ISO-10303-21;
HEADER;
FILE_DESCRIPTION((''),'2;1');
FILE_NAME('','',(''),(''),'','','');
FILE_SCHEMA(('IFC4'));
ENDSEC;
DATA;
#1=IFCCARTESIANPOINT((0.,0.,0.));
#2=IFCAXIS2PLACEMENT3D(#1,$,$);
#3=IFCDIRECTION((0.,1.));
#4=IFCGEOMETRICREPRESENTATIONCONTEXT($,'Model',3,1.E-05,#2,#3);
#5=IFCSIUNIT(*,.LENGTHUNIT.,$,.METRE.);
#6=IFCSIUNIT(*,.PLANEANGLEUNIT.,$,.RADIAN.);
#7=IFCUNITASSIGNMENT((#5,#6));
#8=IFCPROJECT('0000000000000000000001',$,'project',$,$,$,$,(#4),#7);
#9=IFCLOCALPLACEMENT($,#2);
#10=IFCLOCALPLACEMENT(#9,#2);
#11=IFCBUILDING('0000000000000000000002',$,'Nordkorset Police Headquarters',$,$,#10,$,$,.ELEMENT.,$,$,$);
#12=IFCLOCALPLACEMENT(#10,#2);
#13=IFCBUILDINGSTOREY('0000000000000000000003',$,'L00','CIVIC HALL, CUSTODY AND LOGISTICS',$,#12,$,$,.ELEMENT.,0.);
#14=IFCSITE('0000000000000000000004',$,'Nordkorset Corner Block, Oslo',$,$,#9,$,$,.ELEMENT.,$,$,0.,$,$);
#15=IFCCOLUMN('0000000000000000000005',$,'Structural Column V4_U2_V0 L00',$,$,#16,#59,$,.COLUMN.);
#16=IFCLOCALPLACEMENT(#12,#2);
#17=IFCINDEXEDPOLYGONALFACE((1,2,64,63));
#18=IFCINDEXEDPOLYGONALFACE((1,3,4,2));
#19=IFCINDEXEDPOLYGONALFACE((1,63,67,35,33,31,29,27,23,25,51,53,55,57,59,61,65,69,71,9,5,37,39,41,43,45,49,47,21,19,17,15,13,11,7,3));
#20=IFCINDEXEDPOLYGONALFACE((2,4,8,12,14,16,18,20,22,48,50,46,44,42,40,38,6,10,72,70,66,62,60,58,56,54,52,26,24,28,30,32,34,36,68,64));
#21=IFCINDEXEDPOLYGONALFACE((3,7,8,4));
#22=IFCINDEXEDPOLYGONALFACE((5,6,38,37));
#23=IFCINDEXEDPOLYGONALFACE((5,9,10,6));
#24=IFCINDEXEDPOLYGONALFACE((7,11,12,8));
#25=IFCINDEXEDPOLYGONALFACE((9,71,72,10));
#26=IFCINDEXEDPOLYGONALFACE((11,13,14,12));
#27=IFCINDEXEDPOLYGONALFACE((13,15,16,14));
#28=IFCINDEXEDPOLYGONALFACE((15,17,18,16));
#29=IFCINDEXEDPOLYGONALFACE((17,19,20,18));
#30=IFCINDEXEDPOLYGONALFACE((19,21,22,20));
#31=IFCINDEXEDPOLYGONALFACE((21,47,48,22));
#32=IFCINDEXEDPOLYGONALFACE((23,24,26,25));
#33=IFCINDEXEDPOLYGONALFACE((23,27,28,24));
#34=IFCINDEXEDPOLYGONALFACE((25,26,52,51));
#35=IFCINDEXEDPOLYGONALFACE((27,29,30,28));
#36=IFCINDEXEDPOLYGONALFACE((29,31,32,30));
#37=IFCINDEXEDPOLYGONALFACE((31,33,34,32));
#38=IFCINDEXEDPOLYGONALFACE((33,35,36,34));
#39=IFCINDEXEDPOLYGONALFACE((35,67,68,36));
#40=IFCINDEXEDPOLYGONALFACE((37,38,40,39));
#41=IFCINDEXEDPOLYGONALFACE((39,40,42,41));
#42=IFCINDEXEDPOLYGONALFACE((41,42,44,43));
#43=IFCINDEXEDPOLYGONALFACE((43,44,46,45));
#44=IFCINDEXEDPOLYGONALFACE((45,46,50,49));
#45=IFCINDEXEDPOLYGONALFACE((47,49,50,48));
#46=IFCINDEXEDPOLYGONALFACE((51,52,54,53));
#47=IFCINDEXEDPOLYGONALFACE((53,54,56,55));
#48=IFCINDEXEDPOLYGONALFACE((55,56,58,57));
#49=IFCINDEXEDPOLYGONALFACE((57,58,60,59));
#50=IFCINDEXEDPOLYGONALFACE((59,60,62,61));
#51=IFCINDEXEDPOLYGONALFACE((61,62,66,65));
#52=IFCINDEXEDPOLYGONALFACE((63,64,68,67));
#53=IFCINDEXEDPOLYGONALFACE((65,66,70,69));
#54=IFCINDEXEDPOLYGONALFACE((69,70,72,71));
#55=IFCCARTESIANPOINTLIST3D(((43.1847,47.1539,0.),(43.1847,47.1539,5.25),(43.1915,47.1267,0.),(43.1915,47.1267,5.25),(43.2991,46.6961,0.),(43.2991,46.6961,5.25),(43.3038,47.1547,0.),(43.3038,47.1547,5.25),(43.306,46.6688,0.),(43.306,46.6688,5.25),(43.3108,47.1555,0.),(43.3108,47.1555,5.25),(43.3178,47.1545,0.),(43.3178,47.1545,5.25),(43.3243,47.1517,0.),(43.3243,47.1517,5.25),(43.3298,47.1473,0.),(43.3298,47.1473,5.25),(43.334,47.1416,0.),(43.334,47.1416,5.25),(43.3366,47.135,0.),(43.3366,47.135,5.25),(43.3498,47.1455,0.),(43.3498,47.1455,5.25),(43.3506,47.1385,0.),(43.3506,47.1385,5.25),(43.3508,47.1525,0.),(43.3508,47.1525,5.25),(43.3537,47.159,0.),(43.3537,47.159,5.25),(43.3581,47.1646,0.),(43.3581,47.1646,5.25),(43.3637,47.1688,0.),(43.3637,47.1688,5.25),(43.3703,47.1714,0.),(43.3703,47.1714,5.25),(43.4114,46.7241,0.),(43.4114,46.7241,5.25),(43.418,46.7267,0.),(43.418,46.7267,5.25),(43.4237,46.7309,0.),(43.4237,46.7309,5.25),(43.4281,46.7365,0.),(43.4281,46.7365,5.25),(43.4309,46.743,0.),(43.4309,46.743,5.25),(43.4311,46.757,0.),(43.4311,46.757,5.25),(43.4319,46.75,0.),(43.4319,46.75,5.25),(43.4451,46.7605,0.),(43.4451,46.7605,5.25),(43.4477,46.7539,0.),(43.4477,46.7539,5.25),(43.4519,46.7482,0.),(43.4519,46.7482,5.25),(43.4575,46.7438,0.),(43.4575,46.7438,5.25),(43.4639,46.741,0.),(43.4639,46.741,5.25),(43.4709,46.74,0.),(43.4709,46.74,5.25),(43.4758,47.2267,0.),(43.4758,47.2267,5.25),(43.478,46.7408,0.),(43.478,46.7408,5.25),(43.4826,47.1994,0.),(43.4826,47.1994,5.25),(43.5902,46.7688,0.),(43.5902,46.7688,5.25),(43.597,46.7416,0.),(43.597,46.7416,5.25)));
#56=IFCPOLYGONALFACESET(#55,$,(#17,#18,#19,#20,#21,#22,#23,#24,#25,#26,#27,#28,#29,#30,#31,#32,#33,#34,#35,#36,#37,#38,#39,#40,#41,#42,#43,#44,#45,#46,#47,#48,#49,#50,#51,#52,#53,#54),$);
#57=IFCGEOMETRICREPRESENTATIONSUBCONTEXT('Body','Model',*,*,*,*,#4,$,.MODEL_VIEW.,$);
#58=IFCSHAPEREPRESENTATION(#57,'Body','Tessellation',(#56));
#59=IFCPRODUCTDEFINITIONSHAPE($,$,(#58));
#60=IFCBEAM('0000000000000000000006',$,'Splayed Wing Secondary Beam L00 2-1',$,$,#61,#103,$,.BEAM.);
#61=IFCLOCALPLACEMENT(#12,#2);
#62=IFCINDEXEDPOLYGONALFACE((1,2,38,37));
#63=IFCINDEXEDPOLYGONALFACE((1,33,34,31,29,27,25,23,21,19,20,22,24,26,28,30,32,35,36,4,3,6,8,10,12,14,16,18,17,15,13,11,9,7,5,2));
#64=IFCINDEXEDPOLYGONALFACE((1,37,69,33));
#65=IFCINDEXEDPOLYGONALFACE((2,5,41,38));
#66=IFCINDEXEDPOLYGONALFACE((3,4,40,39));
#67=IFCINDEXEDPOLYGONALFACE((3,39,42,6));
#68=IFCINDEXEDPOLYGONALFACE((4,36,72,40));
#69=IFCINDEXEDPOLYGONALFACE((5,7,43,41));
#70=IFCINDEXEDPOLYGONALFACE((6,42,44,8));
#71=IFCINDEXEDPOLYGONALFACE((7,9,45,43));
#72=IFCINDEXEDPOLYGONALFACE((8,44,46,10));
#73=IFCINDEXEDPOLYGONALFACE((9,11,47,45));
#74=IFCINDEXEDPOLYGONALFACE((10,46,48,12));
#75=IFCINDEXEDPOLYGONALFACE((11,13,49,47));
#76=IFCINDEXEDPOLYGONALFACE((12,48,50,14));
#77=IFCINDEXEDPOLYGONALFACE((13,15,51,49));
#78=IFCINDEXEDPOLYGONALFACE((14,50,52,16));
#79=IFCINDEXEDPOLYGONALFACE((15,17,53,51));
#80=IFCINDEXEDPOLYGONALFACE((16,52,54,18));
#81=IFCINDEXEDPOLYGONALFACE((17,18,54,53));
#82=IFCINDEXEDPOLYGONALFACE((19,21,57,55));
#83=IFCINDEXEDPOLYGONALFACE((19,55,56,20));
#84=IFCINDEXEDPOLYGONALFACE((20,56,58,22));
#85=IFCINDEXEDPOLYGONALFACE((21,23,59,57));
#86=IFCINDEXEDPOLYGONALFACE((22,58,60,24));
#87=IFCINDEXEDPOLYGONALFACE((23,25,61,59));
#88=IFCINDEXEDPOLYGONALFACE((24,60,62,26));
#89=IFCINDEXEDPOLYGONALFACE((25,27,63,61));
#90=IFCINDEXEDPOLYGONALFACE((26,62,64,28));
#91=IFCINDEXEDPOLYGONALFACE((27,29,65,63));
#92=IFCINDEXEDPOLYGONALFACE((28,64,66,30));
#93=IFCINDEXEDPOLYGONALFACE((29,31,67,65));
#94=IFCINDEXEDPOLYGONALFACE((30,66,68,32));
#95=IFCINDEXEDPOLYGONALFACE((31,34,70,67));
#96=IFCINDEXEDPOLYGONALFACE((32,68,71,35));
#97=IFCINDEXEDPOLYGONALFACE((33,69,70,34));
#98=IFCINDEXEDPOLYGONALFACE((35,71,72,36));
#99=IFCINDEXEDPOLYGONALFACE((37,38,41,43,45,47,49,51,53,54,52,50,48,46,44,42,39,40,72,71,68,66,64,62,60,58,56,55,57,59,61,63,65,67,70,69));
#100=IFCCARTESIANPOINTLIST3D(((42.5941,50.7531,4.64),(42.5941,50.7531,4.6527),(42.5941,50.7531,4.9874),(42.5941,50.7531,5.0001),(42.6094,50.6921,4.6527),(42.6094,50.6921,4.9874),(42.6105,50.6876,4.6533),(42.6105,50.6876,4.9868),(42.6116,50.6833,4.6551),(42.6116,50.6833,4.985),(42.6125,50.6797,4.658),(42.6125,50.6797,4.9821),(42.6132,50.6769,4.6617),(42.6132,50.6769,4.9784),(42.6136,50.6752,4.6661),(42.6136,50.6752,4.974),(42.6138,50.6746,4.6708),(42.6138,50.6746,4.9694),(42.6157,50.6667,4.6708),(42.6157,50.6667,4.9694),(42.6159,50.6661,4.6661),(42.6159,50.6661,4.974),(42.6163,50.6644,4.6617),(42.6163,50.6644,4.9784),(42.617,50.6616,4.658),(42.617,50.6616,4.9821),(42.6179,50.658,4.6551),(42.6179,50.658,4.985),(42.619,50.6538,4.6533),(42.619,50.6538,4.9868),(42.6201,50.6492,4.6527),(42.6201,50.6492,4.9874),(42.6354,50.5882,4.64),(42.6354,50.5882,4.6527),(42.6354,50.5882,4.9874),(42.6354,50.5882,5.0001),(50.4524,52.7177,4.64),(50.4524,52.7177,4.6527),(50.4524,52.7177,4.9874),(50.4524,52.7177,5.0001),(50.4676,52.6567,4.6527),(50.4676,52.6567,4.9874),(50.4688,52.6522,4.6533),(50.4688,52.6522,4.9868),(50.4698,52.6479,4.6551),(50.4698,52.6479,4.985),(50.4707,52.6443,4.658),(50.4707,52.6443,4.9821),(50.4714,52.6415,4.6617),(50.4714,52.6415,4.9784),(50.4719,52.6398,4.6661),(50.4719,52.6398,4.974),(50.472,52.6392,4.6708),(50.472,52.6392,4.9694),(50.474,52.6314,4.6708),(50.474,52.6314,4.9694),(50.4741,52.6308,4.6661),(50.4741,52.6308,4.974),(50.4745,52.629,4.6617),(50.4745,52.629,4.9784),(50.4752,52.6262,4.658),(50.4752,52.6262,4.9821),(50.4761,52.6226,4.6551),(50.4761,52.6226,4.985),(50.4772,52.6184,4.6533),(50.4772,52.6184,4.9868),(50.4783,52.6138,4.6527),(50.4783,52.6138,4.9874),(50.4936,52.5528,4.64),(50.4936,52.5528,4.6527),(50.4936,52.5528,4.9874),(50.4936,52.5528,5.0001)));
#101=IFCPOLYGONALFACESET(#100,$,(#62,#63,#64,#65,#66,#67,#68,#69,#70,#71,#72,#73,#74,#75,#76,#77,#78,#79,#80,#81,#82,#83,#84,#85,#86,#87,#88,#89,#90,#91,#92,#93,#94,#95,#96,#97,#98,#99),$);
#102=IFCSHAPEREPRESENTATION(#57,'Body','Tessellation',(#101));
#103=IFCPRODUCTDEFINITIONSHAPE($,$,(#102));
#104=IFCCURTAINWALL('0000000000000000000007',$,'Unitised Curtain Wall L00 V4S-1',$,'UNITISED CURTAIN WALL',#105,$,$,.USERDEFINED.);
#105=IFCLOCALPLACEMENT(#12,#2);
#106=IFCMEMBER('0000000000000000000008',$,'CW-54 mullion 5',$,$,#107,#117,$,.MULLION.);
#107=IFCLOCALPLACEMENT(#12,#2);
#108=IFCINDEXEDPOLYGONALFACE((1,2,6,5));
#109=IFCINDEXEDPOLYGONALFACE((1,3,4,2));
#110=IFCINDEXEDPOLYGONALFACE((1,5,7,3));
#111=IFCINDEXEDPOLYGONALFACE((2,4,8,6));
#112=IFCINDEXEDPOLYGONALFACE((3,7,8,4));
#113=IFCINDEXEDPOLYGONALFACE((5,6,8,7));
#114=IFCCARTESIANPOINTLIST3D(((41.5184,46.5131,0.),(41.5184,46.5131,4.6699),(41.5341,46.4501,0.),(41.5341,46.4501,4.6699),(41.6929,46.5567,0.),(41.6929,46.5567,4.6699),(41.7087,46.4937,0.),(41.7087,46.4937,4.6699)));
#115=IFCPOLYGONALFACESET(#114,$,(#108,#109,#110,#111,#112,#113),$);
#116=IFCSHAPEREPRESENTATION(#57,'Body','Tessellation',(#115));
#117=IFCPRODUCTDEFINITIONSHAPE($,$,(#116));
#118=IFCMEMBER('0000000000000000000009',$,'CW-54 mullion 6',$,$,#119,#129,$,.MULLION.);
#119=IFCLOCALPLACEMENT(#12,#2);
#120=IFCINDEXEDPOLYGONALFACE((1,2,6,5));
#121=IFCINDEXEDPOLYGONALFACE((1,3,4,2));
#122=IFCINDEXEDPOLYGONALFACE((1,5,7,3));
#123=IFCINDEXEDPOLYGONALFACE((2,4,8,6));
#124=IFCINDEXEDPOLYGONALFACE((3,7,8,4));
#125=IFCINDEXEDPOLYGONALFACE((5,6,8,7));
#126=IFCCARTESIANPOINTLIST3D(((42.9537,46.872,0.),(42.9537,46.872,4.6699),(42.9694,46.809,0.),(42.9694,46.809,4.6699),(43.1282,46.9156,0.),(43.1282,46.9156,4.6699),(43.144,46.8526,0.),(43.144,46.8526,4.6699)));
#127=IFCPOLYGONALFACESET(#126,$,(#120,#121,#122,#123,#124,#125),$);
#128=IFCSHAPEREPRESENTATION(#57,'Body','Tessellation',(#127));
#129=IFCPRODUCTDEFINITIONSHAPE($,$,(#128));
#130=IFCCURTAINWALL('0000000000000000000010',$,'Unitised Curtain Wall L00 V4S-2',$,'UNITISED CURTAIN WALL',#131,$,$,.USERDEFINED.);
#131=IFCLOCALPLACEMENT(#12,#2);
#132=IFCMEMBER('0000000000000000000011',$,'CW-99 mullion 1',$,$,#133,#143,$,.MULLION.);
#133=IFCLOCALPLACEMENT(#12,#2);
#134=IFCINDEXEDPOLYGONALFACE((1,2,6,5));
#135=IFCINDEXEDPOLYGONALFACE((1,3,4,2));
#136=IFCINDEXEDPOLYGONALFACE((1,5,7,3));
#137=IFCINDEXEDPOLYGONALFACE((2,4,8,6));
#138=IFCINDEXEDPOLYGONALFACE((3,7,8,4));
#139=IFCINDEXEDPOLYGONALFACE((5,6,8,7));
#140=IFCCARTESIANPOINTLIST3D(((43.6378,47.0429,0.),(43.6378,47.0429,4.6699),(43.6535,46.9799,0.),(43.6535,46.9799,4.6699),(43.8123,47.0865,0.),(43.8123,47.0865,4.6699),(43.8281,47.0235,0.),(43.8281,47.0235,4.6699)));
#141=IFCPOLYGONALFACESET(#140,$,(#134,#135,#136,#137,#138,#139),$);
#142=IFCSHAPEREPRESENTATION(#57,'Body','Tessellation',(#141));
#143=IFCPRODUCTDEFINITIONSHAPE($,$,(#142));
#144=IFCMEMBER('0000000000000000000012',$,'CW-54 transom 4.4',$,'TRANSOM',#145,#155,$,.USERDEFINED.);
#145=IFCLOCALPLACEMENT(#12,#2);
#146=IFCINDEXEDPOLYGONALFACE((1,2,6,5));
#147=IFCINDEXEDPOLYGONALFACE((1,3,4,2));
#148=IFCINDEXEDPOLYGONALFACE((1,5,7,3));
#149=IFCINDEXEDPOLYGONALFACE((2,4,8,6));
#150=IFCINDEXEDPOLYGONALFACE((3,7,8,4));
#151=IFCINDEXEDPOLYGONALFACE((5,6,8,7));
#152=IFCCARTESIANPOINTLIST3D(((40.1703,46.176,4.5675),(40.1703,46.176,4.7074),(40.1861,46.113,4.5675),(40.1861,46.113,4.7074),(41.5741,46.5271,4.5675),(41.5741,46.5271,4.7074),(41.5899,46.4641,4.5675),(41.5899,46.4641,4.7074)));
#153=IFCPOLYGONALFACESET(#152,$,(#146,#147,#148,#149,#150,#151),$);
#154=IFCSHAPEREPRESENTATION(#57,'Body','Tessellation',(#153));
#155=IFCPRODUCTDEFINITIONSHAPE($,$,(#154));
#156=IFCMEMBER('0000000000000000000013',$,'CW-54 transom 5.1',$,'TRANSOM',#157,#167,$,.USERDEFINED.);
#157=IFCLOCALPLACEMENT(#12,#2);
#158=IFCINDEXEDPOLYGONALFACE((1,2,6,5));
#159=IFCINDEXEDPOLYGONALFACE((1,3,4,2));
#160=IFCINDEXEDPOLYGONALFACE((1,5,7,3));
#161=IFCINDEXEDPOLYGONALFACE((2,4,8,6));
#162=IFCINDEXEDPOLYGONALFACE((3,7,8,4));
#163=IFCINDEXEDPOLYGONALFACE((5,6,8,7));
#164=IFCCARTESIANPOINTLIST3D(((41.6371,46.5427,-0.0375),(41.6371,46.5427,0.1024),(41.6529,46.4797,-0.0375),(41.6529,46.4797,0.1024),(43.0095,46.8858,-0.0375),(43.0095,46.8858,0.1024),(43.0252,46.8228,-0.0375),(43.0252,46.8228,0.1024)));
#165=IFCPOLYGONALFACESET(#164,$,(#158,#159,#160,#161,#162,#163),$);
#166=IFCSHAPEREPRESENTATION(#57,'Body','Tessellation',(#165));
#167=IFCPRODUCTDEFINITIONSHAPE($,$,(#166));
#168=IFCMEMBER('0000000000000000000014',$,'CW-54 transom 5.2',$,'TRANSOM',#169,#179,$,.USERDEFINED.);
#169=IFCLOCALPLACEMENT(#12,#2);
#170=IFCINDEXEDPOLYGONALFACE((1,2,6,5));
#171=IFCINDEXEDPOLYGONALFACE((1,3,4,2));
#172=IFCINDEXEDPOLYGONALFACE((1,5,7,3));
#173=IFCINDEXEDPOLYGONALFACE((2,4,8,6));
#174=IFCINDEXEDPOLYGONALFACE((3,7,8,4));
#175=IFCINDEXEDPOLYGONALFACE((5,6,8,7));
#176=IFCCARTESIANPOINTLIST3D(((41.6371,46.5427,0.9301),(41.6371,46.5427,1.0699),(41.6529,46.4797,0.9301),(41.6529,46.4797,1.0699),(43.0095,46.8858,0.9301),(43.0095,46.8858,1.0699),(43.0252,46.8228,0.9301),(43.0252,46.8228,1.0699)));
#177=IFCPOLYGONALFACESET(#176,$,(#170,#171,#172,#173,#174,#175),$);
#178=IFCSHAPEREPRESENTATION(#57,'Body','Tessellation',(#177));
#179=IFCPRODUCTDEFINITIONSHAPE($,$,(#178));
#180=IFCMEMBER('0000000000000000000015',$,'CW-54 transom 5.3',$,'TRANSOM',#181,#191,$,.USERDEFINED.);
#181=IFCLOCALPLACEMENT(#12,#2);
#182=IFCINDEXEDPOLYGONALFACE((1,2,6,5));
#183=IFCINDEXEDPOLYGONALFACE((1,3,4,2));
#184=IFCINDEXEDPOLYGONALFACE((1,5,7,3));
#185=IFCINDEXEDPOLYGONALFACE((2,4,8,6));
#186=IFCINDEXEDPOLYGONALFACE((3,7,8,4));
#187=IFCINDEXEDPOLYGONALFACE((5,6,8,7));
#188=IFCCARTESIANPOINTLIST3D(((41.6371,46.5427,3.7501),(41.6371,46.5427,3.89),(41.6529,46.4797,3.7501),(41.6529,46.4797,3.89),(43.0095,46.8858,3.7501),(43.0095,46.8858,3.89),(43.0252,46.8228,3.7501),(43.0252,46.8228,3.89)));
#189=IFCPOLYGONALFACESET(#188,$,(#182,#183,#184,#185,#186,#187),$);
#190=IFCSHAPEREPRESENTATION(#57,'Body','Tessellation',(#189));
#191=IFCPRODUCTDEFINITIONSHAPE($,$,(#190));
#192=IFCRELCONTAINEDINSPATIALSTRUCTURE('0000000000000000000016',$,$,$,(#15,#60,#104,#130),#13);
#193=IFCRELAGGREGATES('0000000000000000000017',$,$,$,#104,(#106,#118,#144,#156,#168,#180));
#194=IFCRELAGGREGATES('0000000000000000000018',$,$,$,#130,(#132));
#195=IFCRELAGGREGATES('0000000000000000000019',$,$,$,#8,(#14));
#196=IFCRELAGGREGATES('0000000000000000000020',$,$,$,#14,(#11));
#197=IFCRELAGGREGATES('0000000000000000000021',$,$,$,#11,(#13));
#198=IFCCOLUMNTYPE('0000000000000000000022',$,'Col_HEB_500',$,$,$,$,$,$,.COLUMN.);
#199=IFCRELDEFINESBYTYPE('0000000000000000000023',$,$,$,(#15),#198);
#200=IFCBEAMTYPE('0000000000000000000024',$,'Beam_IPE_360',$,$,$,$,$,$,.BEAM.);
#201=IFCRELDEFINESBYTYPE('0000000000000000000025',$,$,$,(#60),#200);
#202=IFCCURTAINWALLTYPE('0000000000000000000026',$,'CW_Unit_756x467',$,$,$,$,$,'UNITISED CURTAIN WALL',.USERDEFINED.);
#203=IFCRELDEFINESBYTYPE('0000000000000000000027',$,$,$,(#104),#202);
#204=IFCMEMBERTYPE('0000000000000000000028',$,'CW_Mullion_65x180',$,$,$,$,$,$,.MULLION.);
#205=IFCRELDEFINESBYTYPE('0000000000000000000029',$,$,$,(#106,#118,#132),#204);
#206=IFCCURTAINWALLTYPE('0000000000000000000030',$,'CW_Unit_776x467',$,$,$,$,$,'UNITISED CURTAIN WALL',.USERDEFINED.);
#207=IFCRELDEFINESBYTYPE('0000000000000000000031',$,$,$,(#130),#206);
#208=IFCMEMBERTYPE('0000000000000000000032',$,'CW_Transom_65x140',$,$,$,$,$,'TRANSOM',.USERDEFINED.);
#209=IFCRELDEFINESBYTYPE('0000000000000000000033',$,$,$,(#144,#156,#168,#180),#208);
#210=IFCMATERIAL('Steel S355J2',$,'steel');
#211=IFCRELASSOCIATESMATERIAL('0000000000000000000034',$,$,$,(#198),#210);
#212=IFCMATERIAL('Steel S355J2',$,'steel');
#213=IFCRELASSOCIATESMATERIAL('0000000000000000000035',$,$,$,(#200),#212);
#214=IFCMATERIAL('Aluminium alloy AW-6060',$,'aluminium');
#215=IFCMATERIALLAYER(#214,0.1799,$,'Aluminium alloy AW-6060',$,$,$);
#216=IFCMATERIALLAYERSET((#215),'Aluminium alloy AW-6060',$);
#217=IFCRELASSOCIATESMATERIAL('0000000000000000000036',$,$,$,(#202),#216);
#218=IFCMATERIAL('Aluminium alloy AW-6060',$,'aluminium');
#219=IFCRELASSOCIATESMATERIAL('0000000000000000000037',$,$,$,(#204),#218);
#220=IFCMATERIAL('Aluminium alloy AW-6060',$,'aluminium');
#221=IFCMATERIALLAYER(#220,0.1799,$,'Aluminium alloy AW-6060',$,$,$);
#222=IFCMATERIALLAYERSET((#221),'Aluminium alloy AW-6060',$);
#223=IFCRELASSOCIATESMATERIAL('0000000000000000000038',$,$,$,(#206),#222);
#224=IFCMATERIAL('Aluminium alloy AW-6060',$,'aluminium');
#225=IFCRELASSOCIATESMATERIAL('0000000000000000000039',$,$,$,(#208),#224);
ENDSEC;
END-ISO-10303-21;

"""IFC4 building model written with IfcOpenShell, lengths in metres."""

from ifc_helpers import new_model, si_unit, direction, frame, origin, origin_2d, place, context, subcontext, project, spatial, rectangle, i_section, extrude, material, layer, layer_set, material_profile, profile_set, type_object, element, aggregate, save


model = new_model("IFC4")

# Units and contexts
model_context = context("Model", 3, precision=1e-05, world=origin(), true_north=direction((0.0, 1.0)))
body_context = subcontext(model_context, "Body", "Model", "MODEL_VIEW")
ifc_project = project(units=[si_unit("LENGTHUNIT", "METRE"), si_unit("PLANEANGLEUNIT", "RADIAN")], contexts=[model_context])

# Site, building, storey
site_placement = place(None, origin())
site = spatial("IfcSite", under=ifc_project, at=site_placement, Name="Nordkorset Corner Block, Oslo", CompositionType="ELEMENT", RefElevation=0.0)
building_placement = place(site_placement, origin())
building = spatial("IfcBuilding", under=site, at=building_placement, Name="Nordkorset Police Headquarters", CompositionType="ELEMENT")
storey_placement = place(building_placement, origin())
storey = spatial("IfcBuildingStorey", under=building, at=storey_placement, Name="L00", Description="CIVIC HALL, CUSTODY AND LOGISTICS", CompositionType="ELEMENT", Elevation=0.0)

# Column
ifc_material_1 = material(Name="Steel S355J2", Category="steel")
ifc_material_profile_1 = material_profile(ifc_material_1, i_section(OverallWidth=0.3, OverallDepth=0.5, WebThickness=0.0144, FlangeThickness=0.0281, FilletRadius=0.0271, at=origin_2d()), Name="HEB 500")
ifc_profile_set_1 = profile_set([ifc_material_profile_1], Name="Steel S355J2")
column_type = type_object("IfcColumnType", Name="Col_HEB_500", PredefinedType="COLUMN", material=ifc_profile_set_1)
column_placement = place(storey_placement, frame((43.3909, 46.9478, 0.0), z_axis=(0.0, 0.0, 1.0), x_axis=(0.970143, 0.242536, 0.0)))
element("IfcColumn", 1, at=column_placement, inside=storey, type_object=column_type, Name="Structural Column V4_U2_V0 L00", PredefinedType="COLUMN", context=body_context, shape_type="SweptSolid", body=[
    extrude(i_section(OverallWidth=0.3, OverallDepth=0.5, WebThickness=0.0144, FlangeThickness=0.0281, FilletRadius=0.0271, at=origin_2d()), origin(), (0.0, 0.0, 1.0), 5.25),
])

# Beam
ifc_material_2 = material(Name="Steel S355J2", Category="steel")
ifc_material_profile_2 = material_profile(ifc_material_2, i_section(OverallWidth=0.1699, OverallDepth=0.3601, WebThickness=0.0081, FlangeThickness=0.0127, FilletRadius=0.0181, at=origin_2d()), Name="IPE 360")
ifc_profile_set_2 = profile_set([ifc_material_profile_2], Name="Steel S355J2")
beam_type_1 = type_object("IfcBeamType", Name="Beam_IPE_360", PredefinedType="BEAM", material=ifc_profile_set_2)
beam_1_placement = place(storey_placement, frame((42.6147, 50.6707, 4.8201), z_axis=(0.970141, 0.242543, 0.0), x_axis=(-0.242543, 0.970141, 0.0)))
element("IfcBeam", 2, at=beam_1_placement, inside=storey, type_object=beam_type_1, Name="Splayed Wing Secondary Beam L00 2-1", PredefinedType="BEAM", context=body_context, shape_type="SweptSolid", body=[
    extrude(i_section(OverallWidth=0.1699, OverallDepth=0.3601, WebThickness=0.0081, FlangeThickness=0.0127, FilletRadius=0.0181, at=origin_2d()), origin(), (0.0, 0.0, 1.0), 8.1001),
])

# Curtain wall, members
ifc_material_3 = material(Name="Aluminium alloy AW-6060", Category="aluminium")
ifc_layer_1 = layer(ifc_material_3, 0.1799, Name="Aluminium alloy AW-6060")
ifc_layer_set_1 = layer_set([ifc_layer_1], Name="Aluminium alloy AW-6060")
curtain_wall_type_1 = type_object("IfcCurtainWallType", Name="CW_Unit_756x467", ElementType="UNITISED CURTAIN WALL", PredefinedType="USERDEFINED", material=ifc_layer_set_1)
curtain_wall_1_placement = place(storey_placement, origin())
curtain_wall_1 = element("IfcCurtainWall", 3, at=curtain_wall_1_placement, inside=storey, type_object=curtain_wall_type_1, Name="Unitised Curtain Wall L00 V4S-1", ObjectType="UNITISED CURTAIN WALL", PredefinedType="USERDEFINED")
ifc_material_4 = material(Name="Aluminium alloy AW-6060", Category="aluminium")
ifc_material_profile_3 = material_profile(ifc_material_4, rectangle(XDim=0.0649, YDim=0.1799, at=origin_2d()), Name="ALU MULL 65x180")
ifc_profile_set_3 = profile_set([ifc_material_profile_3], Name="Aluminium alloy AW-6060")
member_type_1 = type_object("IfcMemberType", Name="CW_Mullion_65x180", PredefinedType="MULLION", material=ifc_profile_set_3)
member_1_placement = place(storey_placement, frame((41.6135, 46.5034, 0.0), z_axis=(0.0, 0.0, 1.0), x_axis=(-0.242536, 0.970143, 0.0)))
member_1 = element("IfcMember", 4, at=member_1_placement, type_object=member_type_1, Name="CW-54 mullion 5", PredefinedType="MULLION", context=body_context, shape_type="SweptSolid", body=[
    extrude(rectangle(XDim=0.0649, YDim=0.1799, at=origin_2d()), origin(), (0.0, 0.0, 1.0), 4.6699),
])
member_2_placement = place(storey_placement, frame((43.0488, 46.8623, 0.0), z_axis=(0.0, 0.0, 1.0), x_axis=(-0.242536, 0.970143, 0.0)))
member_2 = element("IfcMember", 5, at=member_2_placement, type_object=member_type_1, Name="CW-54 mullion 6", PredefinedType="MULLION", context=body_context, shape_type="SweptSolid", body=[
    extrude(rectangle(XDim=0.0649, YDim=0.1799, at=origin_2d()), origin(), (0.0, 0.0, 1.0), 4.6699),
])

# Curtain wall, member
ifc_material_5 = material(Name="Aluminium alloy AW-6060", Category="aluminium")
ifc_layer_2 = layer(ifc_material_5, 0.1799, Name="Aluminium alloy AW-6060")
ifc_layer_set_2 = layer_set([ifc_layer_2], Name="Aluminium alloy AW-6060")
curtain_wall_type_2 = type_object("IfcCurtainWallType", Name="CW_Unit_776x467", ElementType="UNITISED CURTAIN WALL", PredefinedType="USERDEFINED", material=ifc_layer_set_2)
curtain_wall_2_placement = place(storey_placement, origin())
curtain_wall_2 = element("IfcCurtainWall", 6, at=curtain_wall_2_placement, inside=storey, type_object=curtain_wall_type_2, Name="Unitised Curtain Wall L00 V4S-2", ObjectType="UNITISED CURTAIN WALL", PredefinedType="USERDEFINED")
member_3_placement = place(storey_placement, frame((43.7329, 47.0332, 0.0), z_axis=(0.0, 0.0, 1.0), x_axis=(-0.242535, 0.970143, 0.0)))
member_3 = element("IfcMember", 7, at=member_3_placement, type_object=member_type_1, Name="CW-99 mullion 1", PredefinedType="MULLION", context=body_context, shape_type="SweptSolid", body=[
    extrude(rectangle(XDim=0.0649, YDim=0.1799, at=origin_2d()), origin(), (0.0, 0.0, 1.0), 4.6699),
])

# Members
ifc_material_6 = material(Name="Aluminium alloy AW-6060", Category="aluminium")
ifc_material_profile_4 = material_profile(ifc_material_6, rectangle(XDim=0.0649, YDim=0.1399, at=origin_2d()), Name="ALU TRAN 65x140")
ifc_profile_set_4 = profile_set([ifc_material_profile_4], Name="Aluminium alloy AW-6060")
member_type_2 = type_object("IfcMemberType", Name="CW_Transom_65x140", ElementType="TRANSOM", PredefinedType="USERDEFINED", material=ifc_profile_set_4)
member_4_placement = place(storey_placement, frame((40.1782, 46.1445, 4.6375), z_axis=(0.970123, 0.242615, 0.0), x_axis=(-0.242615, 0.970123, 0.0)))
member_4 = element("IfcMember", 8, at=member_4_placement, type_object=member_type_2, Name="CW-54 transom 4.4", ObjectType="TRANSOM", PredefinedType="USERDEFINED", context=body_context, shape_type="SweptSolid", body=[
    extrude(rectangle(XDim=0.0649, YDim=0.1399, at=origin_2d()), origin(), (0.0, 0.0, 1.0), 1.447),
])
member_5_placement = place(storey_placement, frame((41.645, 46.5112, 0.0325), z_axis=(0.970153, 0.242495, 0.0), x_axis=(-0.242495, 0.970153, 0.0)))
member_5 = element("IfcMember", 9, at=member_5_placement, type_object=member_type_2, Name="CW-54 transom 5.1", ObjectType="TRANSOM", PredefinedType="USERDEFINED", context=body_context, shape_type="SweptSolid", body=[
    extrude(rectangle(XDim=0.0649, YDim=0.1399, at=origin_2d()), origin(), (0.0, 0.0, 1.0), 1.4146),
])
member_6_placement = place(storey_placement, frame((41.645, 46.5112, 1.0), z_axis=(0.970153, 0.242495, 0.0), x_axis=(-0.242495, 0.970153, 0.0)))
member_6 = element("IfcMember", 10, at=member_6_placement, type_object=member_type_2, Name="CW-54 transom 5.2", ObjectType="TRANSOM", PredefinedType="USERDEFINED", context=body_context, shape_type="SweptSolid", body=[
    extrude(rectangle(XDim=0.0649, YDim=0.1399, at=origin_2d()), origin(), (0.0, 0.0, 1.0), 1.4146),
])
member_7_placement = place(storey_placement, frame((41.645, 46.5112, 3.8201), z_axis=(0.970153, 0.242495, 0.0), x_axis=(-0.242495, 0.970153, 0.0)))
member_7 = element("IfcMember", 11, at=member_7_placement, type_object=member_type_2, Name="CW-54 transom 5.3", ObjectType="TRANSOM", PredefinedType="USERDEFINED", context=body_context, shape_type="SweptSolid", body=[
    extrude(rectangle(XDim=0.0649, YDim=0.1399, at=origin_2d()), origin(), (0.0, 0.0, 1.0), 1.4146),
])

aggregate(curtain_wall_1, [member_1, member_2, member_4, member_5, member_6, member_7])
aggregate(curtain_wall_2, [member_3])

save(model, "model.ifc")
